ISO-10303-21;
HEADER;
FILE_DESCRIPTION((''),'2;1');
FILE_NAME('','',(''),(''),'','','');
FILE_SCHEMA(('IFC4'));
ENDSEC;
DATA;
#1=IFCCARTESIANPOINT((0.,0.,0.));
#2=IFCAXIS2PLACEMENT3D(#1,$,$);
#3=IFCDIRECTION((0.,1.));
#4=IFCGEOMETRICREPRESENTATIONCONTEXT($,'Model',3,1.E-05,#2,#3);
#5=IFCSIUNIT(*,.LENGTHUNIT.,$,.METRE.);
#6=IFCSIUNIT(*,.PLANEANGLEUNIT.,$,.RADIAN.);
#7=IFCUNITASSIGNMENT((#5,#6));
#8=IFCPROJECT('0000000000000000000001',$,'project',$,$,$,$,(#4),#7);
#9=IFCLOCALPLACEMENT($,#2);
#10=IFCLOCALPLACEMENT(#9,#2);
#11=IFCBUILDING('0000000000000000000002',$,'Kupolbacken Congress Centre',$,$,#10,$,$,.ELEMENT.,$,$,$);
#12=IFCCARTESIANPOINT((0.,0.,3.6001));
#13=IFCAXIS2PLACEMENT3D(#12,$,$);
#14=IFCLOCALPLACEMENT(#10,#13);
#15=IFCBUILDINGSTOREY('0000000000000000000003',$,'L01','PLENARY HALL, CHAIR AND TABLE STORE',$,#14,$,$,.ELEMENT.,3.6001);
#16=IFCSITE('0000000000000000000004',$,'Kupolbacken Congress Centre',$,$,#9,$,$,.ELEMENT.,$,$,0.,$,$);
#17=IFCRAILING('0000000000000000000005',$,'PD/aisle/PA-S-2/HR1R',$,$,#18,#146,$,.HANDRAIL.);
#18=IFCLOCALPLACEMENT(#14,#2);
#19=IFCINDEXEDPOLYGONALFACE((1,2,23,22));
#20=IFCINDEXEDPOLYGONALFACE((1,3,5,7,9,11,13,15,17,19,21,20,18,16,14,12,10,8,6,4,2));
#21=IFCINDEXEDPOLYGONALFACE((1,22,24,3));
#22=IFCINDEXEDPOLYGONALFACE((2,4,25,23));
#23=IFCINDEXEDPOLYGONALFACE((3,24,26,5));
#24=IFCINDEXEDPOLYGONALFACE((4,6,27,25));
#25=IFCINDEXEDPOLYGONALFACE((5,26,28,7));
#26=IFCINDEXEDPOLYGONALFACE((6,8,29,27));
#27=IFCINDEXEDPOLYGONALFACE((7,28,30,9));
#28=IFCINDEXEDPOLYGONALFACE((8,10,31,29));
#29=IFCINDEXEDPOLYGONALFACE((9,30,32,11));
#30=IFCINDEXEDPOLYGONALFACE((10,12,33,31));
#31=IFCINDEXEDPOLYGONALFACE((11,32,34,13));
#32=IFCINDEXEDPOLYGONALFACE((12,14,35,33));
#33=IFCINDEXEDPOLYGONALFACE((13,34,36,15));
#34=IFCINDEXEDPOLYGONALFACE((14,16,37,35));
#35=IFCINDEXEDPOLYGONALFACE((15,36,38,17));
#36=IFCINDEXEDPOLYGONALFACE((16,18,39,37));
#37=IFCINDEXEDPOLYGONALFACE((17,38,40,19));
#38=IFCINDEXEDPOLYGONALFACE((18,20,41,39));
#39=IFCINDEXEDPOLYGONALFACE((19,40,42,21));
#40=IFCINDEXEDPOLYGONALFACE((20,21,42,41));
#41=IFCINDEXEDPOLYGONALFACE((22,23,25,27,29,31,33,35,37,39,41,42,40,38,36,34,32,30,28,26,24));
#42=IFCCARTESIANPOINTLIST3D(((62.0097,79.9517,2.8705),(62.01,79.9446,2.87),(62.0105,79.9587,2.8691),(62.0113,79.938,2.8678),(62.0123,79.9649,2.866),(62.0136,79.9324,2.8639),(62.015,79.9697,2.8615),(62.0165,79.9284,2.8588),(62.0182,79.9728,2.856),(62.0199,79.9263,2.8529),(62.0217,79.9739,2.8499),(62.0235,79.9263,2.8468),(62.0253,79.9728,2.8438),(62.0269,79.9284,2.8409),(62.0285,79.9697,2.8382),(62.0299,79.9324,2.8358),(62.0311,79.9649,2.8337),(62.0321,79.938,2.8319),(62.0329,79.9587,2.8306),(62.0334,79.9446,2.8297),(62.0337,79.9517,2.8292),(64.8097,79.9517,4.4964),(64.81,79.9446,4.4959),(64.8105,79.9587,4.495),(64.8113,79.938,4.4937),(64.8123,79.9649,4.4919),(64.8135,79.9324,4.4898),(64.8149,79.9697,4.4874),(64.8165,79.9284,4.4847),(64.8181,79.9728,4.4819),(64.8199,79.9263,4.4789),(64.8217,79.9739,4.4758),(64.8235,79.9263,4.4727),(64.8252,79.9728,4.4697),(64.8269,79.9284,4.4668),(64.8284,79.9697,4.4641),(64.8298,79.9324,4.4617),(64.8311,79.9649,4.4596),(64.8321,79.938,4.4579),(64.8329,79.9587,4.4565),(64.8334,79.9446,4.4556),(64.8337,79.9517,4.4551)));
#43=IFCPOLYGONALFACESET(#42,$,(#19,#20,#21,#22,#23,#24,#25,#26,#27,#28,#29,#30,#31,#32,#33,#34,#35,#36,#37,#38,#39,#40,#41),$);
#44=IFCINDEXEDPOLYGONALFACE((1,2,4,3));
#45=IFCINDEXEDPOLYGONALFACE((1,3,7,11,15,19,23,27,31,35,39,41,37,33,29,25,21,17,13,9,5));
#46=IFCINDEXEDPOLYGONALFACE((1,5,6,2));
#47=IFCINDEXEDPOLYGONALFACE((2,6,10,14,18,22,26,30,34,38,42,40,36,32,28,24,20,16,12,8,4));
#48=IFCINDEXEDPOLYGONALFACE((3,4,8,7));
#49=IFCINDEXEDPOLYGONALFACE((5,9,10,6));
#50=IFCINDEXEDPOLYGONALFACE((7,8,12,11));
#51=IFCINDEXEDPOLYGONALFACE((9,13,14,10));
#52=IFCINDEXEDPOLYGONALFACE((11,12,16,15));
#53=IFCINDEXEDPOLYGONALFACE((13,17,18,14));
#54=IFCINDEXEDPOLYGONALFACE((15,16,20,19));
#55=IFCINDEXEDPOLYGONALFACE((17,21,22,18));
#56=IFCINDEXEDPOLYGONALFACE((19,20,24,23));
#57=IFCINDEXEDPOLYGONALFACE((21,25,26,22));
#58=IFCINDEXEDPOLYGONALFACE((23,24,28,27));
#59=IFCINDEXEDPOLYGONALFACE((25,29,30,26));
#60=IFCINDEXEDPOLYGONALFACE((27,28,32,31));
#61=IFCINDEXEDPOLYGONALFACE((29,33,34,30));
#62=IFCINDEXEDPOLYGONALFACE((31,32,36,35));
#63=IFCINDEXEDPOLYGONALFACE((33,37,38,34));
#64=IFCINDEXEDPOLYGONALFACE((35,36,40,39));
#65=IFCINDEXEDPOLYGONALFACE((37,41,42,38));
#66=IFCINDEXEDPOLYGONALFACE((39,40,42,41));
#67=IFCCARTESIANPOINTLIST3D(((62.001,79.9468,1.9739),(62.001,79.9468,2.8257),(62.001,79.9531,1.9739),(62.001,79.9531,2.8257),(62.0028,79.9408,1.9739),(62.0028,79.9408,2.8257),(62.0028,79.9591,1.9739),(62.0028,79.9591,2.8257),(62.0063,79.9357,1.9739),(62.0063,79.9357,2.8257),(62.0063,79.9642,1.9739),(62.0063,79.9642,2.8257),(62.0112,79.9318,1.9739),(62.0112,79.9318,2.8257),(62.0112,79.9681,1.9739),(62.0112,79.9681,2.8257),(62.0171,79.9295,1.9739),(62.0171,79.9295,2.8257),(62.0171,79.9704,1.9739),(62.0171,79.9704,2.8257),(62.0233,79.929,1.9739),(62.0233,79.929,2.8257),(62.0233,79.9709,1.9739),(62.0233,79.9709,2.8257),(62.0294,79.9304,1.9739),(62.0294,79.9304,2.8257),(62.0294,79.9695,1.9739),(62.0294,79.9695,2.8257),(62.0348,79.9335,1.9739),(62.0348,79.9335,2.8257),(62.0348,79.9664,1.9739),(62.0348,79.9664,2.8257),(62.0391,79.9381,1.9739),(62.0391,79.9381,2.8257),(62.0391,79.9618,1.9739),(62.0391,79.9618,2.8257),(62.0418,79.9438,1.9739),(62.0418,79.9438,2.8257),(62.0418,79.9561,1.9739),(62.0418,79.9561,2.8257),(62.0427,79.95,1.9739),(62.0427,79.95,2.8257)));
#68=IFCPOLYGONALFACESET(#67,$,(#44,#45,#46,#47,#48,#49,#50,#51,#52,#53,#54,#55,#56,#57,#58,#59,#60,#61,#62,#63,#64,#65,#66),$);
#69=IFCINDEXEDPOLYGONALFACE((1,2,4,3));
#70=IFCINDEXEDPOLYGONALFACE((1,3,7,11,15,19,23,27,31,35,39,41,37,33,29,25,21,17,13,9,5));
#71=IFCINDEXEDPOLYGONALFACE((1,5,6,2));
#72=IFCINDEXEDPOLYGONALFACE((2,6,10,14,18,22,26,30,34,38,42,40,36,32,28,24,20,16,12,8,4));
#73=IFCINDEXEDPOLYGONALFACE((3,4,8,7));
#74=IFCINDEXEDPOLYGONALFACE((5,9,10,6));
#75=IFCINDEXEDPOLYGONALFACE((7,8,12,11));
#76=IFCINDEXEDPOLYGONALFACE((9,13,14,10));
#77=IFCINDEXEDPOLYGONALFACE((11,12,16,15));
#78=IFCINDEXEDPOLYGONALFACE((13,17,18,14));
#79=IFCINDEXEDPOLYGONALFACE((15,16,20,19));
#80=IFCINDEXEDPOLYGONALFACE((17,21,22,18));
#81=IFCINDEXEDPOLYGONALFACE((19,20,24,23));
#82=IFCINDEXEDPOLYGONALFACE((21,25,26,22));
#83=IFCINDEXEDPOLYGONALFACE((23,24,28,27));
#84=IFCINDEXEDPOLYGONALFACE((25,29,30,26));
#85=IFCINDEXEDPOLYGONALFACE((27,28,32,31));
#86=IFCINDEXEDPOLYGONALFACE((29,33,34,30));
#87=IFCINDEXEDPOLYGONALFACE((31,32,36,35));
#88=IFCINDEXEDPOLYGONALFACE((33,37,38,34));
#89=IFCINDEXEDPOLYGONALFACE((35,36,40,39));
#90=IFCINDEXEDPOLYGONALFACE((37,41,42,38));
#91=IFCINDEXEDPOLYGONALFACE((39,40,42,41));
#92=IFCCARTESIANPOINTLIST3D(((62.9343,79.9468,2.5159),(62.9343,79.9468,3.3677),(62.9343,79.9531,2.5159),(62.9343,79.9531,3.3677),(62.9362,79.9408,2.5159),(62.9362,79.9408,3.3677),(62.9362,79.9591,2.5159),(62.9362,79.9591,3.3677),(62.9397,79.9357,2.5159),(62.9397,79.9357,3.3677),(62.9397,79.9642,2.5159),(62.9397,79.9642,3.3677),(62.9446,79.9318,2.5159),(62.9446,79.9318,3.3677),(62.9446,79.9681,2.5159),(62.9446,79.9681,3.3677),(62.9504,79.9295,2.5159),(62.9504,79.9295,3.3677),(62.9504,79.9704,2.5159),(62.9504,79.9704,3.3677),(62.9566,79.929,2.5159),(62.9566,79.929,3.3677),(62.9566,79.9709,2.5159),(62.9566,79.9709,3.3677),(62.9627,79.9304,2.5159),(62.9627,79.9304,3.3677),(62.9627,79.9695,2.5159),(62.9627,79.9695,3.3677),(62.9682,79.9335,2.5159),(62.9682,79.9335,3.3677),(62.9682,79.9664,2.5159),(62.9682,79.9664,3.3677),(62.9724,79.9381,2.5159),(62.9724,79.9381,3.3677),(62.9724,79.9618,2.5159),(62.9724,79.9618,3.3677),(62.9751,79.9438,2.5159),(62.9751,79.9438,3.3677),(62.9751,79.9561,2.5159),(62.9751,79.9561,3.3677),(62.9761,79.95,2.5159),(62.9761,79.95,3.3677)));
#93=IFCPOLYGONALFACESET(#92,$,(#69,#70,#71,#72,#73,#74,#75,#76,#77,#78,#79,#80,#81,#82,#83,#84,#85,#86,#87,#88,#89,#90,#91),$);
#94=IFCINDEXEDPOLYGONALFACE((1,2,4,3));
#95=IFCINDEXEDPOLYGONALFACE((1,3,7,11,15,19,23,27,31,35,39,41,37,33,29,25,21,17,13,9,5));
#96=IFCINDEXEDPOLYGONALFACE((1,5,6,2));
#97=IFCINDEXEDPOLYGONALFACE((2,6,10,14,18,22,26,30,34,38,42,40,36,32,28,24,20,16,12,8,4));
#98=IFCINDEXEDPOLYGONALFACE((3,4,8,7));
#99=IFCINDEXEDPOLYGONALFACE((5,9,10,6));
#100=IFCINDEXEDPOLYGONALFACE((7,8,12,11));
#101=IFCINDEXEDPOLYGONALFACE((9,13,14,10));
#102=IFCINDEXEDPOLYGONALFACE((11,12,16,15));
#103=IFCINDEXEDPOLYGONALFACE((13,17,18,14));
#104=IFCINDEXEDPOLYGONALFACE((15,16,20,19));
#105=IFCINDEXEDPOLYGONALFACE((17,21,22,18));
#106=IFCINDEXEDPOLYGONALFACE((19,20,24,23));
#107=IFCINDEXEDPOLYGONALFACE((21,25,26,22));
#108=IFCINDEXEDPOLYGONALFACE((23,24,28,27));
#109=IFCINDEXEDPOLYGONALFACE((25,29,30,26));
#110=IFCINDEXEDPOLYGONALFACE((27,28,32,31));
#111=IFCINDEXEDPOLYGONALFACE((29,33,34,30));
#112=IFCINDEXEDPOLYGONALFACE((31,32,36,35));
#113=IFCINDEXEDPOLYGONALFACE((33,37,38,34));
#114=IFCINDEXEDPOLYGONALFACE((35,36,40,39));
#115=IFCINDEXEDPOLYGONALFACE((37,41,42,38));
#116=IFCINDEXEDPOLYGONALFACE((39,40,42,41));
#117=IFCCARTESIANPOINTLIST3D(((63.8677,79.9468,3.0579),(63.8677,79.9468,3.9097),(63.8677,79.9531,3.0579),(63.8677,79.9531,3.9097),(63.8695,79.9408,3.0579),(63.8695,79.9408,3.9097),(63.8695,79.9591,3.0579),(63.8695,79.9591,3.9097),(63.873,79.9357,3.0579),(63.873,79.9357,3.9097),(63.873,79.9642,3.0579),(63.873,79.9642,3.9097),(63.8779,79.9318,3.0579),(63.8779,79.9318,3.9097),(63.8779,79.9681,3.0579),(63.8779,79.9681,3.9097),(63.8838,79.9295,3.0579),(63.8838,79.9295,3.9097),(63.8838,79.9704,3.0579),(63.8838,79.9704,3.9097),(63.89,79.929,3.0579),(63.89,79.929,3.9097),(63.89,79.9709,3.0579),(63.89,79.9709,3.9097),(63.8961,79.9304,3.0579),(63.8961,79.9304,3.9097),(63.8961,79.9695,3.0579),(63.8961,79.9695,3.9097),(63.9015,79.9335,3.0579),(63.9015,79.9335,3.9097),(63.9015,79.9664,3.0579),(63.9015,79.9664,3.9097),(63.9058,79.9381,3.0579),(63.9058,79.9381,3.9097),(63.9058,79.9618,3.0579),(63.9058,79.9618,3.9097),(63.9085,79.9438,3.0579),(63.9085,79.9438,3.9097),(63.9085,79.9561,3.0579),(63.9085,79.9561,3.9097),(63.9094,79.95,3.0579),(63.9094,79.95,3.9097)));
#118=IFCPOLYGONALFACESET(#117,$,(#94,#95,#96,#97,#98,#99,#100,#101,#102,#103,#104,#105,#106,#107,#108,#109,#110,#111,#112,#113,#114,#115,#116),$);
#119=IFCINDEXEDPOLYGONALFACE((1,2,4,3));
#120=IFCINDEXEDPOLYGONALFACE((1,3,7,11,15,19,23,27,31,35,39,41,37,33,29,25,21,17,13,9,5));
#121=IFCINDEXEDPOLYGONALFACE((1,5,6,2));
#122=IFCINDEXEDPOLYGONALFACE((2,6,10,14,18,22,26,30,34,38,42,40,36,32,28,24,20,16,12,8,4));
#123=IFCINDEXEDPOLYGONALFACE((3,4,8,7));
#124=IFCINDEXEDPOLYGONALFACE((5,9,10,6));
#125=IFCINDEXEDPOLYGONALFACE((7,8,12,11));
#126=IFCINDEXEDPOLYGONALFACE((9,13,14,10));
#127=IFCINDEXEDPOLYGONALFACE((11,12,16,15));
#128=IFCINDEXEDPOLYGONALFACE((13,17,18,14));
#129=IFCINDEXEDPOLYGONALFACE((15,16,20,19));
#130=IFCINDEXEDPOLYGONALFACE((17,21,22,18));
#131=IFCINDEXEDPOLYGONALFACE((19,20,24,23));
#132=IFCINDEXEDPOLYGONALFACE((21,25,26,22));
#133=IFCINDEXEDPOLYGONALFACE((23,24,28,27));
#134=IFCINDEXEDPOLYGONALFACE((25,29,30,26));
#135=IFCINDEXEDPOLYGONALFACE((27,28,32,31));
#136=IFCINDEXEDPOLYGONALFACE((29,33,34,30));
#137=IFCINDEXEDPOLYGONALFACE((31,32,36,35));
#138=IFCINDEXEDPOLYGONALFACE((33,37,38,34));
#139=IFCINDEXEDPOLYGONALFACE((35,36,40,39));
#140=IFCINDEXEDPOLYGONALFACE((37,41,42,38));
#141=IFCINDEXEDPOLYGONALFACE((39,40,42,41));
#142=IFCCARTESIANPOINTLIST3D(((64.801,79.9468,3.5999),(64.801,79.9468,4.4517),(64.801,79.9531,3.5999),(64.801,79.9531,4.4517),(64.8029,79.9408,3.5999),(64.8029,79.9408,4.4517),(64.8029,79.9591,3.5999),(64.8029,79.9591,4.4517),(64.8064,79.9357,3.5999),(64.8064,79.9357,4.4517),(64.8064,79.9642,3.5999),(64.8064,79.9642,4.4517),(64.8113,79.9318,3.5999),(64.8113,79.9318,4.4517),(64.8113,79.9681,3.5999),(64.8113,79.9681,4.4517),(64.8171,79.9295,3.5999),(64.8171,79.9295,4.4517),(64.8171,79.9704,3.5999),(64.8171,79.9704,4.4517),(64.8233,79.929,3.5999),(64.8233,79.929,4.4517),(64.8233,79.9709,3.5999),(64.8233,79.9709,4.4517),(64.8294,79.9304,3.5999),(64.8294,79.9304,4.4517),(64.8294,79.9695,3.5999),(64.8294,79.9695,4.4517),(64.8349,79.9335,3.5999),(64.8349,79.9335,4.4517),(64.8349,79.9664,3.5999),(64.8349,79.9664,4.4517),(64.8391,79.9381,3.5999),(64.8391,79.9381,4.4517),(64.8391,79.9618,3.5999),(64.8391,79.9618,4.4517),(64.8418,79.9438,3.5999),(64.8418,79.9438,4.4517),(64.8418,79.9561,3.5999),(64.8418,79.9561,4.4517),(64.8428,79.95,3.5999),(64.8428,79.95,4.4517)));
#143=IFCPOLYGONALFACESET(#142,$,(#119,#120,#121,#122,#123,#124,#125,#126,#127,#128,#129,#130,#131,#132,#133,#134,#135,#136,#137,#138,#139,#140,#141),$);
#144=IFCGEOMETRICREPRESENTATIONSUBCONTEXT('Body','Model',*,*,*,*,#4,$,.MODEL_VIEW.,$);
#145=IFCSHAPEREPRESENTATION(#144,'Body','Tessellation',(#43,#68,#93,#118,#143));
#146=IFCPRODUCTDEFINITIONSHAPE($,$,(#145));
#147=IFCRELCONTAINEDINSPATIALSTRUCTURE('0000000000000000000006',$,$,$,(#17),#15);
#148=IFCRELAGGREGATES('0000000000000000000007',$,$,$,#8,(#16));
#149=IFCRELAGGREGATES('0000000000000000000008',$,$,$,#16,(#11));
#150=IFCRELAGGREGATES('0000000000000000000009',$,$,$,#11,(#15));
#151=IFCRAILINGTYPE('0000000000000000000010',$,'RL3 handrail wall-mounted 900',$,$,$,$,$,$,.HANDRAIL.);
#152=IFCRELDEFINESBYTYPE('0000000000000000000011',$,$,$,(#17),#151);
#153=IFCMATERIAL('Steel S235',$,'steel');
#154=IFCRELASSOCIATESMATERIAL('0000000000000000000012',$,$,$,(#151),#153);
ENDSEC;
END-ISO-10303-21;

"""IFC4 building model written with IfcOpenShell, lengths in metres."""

from ifc_helpers import new_model, si_unit, direction, frame, origin, origin_2d, place, context, subcontext, project, spatial, circle, extrude, material, type_object, element, save


model = new_model("IFC4")

# Units and contexts
model_context = context("Model", 3, precision=1e-05, world=origin(), true_north=direction((0.0, 1.0)))
body_context = subcontext(model_context, "Body", "Model", "MODEL_VIEW")
ifc_project = project(units=[si_unit("LENGTHUNIT", "METRE"), si_unit("PLANEANGLEUNIT", "RADIAN")], contexts=[model_context])

# Site, building, storey
site_placement = place(None, origin())
site = spatial("IfcSite", under=ifc_project, at=site_placement, Name="Kupolbacken Congress Centre", CompositionType="ELEMENT", RefElevation=0.0)
building_placement = place(site_placement, origin())
building = spatial("IfcBuilding", under=site, at=building_placement, Name="Kupolbacken Congress Centre", CompositionType="ELEMENT")
storey_placement = place(building_placement, frame((0.0, 0.0, 3.6001)))
storey = spatial("IfcBuildingStorey", under=building, at=storey_placement, Name="L01", Description="PLENARY HALL, CHAIR AND TABLE STORE", CompositionType="ELEMENT", Elevation=3.6001)

# Railing
ifc_material_1 = material(Name="Steel S235", Category="steel")
railing_type_1 = type_object("IfcRailingType", Name="RL3 handrail wall-mounted 900", PredefinedType="HANDRAIL", material=ifc_material_1)
for number, where, name in (
    (1, (62.0217, 79.95, 1.9739), "PD/aisle/PA-S-2/HR1R"),
):
    element("IfcRailing", number, at=place(storey_placement, frame(where)), inside=storey, type_object=railing_type_1, Name=name, PredefinedType="HANDRAIL", context=body_context, shape_type="SweptSolid", body=[
        extrude(circle(Radius=0.0239, at=origin_2d()), frame((0.0, 0.0, 0.876), z_axis=(0.86477, 0.0, 0.502168), x_axis=(0.0, 1.0, 0.0)), (0.0, 0.0, 1.0), 3.2378),
        extrude(circle(Radius=0.021, at=origin_2d()), origin(), (0.0, 0.0, 1.0), 0.8518),
        extrude(circle(Radius=0.021, at=origin_2d()), frame((0.9333, 0.0, 0.542)), (0.0, 0.0, 1.0), 0.8518),
        extrude(circle(Radius=0.021, at=origin_2d()), frame((1.8667, 0.0, 1.084)), (0.0, 0.0, 1.0), 0.8518),
        extrude(circle(Radius=0.021, at=origin_2d()), frame((2.8, 0.0, 1.626)), (0.0, 0.0, 1.0), 0.8518),
    ])

save(model, "model.ifc")
